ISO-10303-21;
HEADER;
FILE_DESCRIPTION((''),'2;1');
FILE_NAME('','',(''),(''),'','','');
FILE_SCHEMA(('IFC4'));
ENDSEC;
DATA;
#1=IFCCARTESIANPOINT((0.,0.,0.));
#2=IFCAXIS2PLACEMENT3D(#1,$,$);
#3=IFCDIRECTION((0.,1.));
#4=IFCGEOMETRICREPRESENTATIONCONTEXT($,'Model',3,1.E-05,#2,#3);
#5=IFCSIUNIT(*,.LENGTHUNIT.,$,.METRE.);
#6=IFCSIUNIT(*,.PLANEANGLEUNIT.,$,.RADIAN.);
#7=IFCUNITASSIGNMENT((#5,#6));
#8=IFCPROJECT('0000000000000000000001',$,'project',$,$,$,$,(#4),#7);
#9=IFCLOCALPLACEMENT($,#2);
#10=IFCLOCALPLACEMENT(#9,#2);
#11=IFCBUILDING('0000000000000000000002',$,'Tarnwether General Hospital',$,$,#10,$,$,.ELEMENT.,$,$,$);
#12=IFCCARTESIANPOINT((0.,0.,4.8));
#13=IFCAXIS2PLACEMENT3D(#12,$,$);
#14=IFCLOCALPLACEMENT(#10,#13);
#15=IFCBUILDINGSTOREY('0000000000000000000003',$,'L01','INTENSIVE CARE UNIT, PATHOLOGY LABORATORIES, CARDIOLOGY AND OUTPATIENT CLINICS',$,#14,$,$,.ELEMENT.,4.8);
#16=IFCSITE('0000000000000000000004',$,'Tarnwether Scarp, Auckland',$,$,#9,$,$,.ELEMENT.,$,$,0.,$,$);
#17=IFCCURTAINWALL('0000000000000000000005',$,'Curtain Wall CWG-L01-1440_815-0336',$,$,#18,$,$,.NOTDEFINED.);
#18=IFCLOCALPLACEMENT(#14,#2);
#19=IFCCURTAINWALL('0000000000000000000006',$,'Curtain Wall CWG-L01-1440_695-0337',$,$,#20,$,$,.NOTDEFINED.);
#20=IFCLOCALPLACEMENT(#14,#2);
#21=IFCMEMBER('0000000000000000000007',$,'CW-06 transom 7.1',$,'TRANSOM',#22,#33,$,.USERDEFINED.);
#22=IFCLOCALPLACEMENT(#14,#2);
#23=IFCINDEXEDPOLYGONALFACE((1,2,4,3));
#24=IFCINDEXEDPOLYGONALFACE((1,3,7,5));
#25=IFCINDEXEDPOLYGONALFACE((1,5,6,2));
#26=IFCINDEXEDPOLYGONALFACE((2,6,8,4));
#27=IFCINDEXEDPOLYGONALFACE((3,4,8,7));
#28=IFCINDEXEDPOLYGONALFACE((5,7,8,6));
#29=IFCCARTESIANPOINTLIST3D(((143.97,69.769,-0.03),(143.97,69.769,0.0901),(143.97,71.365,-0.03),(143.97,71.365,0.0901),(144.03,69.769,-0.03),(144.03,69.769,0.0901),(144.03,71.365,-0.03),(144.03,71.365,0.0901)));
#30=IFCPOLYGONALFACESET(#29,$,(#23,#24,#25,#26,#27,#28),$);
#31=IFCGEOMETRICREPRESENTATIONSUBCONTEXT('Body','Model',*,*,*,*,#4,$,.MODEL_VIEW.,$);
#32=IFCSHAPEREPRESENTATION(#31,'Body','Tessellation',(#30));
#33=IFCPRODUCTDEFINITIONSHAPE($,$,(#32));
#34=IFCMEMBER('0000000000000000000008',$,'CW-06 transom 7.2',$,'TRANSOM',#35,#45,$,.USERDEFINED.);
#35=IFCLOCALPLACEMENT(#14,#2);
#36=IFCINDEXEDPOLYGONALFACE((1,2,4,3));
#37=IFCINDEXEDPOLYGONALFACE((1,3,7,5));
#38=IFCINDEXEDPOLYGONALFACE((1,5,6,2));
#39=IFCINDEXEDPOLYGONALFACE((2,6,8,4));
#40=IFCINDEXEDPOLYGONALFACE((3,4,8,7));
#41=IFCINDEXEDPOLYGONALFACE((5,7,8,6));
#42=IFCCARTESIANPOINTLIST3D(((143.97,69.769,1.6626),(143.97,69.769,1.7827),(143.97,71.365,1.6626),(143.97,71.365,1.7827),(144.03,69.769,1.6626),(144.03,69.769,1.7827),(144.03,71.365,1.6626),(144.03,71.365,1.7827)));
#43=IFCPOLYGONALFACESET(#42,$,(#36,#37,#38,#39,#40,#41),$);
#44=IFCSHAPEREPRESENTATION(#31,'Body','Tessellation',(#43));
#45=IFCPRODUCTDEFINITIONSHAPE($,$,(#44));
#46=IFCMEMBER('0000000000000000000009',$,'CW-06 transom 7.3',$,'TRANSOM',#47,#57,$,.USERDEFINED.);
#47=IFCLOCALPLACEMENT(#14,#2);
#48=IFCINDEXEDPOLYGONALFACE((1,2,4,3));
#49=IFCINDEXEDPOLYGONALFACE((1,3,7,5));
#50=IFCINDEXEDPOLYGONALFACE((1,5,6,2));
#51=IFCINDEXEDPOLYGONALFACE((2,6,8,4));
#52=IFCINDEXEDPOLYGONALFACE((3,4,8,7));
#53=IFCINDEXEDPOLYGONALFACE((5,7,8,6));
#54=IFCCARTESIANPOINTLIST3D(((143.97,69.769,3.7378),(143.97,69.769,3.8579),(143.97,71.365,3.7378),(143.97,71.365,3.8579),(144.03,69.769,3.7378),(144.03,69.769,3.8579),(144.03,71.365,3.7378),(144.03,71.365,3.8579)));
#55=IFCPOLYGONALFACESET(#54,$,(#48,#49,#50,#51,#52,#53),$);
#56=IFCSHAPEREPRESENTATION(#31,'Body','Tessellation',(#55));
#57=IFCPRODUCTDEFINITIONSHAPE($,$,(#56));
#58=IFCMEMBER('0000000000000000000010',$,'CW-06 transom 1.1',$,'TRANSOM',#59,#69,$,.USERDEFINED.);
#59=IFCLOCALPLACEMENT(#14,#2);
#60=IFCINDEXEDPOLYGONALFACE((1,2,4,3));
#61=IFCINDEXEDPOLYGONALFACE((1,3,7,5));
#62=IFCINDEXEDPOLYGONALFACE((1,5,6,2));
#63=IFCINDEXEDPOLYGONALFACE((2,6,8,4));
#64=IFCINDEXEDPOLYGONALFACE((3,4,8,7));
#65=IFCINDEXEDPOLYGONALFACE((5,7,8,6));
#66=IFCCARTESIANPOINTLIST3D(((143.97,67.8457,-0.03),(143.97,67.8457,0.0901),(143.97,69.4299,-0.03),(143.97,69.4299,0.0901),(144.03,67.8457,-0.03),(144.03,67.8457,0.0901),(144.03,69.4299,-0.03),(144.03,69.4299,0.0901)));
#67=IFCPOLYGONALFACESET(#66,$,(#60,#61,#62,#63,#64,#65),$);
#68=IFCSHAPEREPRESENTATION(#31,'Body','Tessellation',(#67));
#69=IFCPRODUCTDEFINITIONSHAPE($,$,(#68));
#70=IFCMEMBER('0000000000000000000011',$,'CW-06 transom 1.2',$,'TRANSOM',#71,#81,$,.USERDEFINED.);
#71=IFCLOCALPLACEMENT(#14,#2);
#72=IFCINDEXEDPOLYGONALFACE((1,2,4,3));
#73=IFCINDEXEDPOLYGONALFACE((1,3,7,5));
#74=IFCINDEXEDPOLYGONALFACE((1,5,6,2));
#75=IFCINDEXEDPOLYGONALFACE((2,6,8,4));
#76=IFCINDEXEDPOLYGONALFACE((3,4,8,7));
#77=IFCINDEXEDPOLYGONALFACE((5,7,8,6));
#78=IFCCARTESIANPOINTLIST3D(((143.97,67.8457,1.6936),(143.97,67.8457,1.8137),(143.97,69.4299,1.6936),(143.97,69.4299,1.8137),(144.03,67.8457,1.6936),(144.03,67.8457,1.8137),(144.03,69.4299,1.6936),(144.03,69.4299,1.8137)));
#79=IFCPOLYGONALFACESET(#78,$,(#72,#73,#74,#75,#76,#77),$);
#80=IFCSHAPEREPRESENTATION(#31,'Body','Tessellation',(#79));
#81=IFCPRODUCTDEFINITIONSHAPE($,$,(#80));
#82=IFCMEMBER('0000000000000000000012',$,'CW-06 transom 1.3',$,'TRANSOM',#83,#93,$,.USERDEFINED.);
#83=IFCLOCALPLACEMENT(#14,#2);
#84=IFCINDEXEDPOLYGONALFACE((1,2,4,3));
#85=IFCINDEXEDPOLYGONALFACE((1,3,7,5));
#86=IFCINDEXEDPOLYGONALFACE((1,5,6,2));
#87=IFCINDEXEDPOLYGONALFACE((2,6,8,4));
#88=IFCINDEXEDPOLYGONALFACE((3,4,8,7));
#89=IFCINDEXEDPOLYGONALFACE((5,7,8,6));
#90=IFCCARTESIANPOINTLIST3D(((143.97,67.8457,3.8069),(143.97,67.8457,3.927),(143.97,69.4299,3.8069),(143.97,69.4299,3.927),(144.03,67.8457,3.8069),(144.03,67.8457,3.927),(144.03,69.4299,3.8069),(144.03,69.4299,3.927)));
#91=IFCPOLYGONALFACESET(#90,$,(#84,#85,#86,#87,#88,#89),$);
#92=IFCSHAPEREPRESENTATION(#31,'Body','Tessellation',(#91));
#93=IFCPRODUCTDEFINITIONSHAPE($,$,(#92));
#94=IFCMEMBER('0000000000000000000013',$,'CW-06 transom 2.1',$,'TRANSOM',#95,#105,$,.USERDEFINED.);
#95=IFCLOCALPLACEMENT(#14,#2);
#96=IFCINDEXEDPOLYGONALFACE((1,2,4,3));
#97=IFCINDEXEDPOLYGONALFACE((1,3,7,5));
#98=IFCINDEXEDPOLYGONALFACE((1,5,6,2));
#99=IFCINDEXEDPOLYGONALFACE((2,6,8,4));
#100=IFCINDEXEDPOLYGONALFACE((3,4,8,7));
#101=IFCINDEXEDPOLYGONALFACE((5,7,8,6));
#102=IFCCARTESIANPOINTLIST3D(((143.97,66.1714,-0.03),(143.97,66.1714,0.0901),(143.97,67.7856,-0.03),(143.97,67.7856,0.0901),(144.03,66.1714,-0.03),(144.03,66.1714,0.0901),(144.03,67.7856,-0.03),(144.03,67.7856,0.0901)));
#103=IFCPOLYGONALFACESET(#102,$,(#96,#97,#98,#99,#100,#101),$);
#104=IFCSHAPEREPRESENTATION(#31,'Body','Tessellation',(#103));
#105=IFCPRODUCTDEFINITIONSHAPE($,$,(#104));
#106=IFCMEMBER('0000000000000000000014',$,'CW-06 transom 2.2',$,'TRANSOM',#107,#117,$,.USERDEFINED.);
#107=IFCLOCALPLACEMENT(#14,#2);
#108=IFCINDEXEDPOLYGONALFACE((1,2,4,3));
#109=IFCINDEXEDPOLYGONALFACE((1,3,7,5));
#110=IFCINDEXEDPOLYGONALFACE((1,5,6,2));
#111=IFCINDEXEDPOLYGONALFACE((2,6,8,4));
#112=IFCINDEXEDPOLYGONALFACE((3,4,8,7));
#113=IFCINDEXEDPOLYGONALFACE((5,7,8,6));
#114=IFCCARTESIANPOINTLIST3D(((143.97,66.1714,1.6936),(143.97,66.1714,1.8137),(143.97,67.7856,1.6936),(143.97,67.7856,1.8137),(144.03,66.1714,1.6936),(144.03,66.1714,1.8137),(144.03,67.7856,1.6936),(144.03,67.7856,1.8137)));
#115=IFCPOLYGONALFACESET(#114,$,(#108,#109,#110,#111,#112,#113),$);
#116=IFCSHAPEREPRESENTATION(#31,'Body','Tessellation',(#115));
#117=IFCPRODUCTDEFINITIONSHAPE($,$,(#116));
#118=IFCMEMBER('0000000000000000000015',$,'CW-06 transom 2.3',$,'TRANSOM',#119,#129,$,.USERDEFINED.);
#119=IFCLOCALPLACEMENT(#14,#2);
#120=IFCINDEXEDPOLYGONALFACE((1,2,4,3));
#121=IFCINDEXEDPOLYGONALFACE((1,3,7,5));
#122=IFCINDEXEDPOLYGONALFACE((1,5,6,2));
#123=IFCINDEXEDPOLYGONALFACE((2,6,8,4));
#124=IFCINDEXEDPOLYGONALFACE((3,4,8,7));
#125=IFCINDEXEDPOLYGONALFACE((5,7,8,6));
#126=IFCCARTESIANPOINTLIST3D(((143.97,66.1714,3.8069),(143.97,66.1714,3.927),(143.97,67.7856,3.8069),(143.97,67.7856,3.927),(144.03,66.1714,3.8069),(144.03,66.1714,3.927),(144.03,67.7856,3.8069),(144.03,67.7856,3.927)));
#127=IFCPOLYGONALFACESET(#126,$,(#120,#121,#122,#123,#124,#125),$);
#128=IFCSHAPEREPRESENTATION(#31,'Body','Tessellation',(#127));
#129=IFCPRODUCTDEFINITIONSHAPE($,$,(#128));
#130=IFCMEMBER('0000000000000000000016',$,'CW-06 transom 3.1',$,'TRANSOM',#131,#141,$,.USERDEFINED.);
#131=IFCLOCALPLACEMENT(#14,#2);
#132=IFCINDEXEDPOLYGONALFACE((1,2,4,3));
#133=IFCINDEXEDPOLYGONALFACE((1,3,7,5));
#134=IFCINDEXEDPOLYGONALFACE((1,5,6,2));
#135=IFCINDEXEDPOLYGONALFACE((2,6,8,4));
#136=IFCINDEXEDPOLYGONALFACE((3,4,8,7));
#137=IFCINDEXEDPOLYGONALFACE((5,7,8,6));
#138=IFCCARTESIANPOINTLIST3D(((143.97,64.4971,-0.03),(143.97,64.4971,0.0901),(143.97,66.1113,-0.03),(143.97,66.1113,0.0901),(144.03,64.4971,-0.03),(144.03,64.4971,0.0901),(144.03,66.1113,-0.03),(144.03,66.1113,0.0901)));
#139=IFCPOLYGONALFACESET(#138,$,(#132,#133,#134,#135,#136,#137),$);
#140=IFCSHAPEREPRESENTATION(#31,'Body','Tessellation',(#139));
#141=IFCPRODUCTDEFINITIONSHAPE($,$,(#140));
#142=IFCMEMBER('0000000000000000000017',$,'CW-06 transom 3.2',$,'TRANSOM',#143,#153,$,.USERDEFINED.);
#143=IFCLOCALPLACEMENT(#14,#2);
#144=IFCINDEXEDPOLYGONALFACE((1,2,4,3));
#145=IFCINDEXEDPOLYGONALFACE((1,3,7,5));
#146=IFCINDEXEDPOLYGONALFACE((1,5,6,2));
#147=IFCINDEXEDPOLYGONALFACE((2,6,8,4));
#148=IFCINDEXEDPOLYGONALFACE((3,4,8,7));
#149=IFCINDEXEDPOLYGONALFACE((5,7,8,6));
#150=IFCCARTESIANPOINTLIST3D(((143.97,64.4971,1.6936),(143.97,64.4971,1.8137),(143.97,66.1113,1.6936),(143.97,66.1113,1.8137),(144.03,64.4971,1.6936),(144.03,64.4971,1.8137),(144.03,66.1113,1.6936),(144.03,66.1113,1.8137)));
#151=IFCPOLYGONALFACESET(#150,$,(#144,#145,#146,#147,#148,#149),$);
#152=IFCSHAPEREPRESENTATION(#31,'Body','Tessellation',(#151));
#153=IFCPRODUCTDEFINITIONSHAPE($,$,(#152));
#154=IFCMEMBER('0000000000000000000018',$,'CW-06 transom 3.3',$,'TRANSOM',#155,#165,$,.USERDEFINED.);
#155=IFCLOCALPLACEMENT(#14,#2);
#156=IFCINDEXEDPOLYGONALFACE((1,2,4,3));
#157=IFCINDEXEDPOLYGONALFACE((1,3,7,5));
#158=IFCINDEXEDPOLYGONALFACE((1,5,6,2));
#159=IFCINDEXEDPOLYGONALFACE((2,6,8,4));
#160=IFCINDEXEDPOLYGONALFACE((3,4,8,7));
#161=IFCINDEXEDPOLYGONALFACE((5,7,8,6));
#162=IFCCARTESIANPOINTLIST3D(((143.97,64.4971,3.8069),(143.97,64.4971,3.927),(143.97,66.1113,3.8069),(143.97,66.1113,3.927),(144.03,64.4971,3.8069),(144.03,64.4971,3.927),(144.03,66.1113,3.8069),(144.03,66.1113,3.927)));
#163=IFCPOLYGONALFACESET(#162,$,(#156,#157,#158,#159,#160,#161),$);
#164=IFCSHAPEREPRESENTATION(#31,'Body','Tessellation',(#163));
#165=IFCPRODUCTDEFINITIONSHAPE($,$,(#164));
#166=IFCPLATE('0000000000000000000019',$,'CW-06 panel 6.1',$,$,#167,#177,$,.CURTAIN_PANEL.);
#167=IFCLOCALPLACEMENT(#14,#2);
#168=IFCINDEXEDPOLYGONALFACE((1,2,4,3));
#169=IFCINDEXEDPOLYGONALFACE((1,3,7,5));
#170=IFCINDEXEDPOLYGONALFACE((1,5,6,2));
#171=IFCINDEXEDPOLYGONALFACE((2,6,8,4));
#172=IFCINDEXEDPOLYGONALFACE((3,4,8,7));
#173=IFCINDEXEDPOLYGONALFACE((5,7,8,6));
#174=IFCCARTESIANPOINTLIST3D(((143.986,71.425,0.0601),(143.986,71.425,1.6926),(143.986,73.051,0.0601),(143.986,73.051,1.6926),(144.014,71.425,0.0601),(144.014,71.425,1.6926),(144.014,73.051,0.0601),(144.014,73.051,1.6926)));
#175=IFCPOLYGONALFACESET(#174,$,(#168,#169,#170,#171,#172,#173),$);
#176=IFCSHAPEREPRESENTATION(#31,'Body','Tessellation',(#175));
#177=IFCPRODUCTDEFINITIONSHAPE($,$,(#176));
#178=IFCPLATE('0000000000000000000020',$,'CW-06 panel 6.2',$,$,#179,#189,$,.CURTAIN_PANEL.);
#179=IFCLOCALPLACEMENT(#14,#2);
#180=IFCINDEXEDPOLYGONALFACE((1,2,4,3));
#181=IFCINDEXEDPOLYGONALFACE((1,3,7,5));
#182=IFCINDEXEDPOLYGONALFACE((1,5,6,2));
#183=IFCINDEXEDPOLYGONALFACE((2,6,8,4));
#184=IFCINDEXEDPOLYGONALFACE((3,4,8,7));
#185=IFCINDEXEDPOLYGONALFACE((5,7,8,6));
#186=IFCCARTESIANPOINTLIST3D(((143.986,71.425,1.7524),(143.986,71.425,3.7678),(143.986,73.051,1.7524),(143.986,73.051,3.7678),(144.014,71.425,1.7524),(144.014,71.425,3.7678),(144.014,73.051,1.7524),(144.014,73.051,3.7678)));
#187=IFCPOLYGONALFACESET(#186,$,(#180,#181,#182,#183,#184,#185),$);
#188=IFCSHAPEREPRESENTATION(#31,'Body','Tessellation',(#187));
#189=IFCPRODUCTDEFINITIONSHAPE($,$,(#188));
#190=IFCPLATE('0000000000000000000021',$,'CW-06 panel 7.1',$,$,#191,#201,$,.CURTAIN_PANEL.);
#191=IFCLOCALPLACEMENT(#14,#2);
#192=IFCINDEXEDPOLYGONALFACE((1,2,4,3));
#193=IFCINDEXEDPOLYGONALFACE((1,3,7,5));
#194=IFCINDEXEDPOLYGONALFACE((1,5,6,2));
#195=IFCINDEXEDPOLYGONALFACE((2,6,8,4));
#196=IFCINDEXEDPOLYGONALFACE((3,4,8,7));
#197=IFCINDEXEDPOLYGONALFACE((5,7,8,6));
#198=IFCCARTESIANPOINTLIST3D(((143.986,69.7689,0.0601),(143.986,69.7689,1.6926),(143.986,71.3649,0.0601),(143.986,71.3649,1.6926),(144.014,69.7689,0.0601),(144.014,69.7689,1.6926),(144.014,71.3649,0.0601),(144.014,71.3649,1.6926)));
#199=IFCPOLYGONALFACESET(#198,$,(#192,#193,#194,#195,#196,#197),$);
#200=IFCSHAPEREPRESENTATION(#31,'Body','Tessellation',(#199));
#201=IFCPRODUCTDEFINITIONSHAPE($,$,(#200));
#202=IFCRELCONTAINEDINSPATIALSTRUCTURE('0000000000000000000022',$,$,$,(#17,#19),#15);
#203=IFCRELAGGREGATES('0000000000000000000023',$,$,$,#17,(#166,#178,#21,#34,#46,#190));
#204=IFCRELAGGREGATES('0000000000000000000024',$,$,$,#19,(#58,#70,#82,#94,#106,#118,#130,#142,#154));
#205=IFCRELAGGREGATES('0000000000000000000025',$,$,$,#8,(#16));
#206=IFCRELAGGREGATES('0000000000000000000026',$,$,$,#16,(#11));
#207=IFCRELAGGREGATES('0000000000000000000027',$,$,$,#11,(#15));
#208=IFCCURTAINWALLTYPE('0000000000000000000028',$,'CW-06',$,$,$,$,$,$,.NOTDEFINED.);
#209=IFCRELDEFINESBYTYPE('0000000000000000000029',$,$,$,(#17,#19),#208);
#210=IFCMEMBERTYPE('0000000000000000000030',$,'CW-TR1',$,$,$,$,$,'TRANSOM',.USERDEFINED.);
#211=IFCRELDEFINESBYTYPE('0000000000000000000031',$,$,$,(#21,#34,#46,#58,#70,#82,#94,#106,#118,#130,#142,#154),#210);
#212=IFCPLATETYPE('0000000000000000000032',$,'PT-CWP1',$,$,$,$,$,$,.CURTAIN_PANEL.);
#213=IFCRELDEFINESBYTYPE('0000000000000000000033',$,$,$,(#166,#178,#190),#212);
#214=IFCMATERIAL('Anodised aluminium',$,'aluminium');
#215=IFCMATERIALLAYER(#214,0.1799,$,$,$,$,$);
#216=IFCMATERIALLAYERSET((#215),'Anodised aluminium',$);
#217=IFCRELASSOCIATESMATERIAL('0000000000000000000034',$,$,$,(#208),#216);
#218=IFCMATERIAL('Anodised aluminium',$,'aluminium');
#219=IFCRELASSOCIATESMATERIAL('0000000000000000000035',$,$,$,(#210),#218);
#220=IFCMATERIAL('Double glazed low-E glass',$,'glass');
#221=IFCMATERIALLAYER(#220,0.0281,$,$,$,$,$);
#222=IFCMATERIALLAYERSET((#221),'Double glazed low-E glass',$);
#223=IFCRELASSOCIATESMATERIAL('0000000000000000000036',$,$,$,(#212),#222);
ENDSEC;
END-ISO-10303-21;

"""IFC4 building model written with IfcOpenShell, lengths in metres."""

from ifc_helpers import new_model, si_unit, direction, frame, origin, origin_2d, place, context, subcontext, project, spatial, rectangle, extrude, material, layer, layer_set, material_profile, profile_set, type_object, element, aggregate, save


model = new_model("IFC4")

# Units and contexts
model_context = context("Model", 3, precision=1e-05, world=origin(), true_north=direction((0.0, 1.0)))
body_context = subcontext(model_context, "Body", "Model", "MODEL_VIEW")
ifc_project = project(units=[si_unit("LENGTHUNIT", "METRE"), si_unit("PLANEANGLEUNIT", "RADIAN")], contexts=[model_context])

# Site, building, storey
site_placement = place(None, origin())
site = spatial("IfcSite", under=ifc_project, at=site_placement, Name="Tarnwether Scarp, Auckland", CompositionType="ELEMENT", RefElevation=0.0)
building_placement = place(site_placement, origin())
building = spatial("IfcBuilding", under=site, at=building_placement, Name="Tarnwether General Hospital", CompositionType="ELEMENT")
storey_placement = place(building_placement, frame((0.0, 0.0, 4.8)))
storey = spatial("IfcBuildingStorey", under=building, at=storey_placement, Name="L01", Description="INTENSIVE CARE UNIT, PATHOLOGY LABORATORIES, CARDIOLOGY AND OUTPATIENT CLINICS", CompositionType="ELEMENT", Elevation=4.8)

# Curtain walls
ifc_material_1 = material(Name="Anodised aluminium", Category="aluminium")
ifc_layer_1 = layer(ifc_material_1, 0.1799)
ifc_layer_set_1 = layer_set([ifc_layer_1], Name="Anodised aluminium")
curtain_wall_type = type_object("IfcCurtainWallType", Name="CW-06", PredefinedType="NOTDEFINED", material=ifc_layer_set_1)
curtain_wall_1_placement = place(storey_placement, origin())
curtain_wall_1 = element("IfcCurtainWall", 1, at=curtain_wall_1_placement, inside=storey, type_object=curtain_wall_type, Name="Curtain Wall CWG-L01-1440_815-0336", PredefinedType="NOTDEFINED")
curtain_wall_2_placement = place(storey_placement, origin())
curtain_wall_2 = element("IfcCurtainWall", 2, at=curtain_wall_2_placement, inside=storey, type_object=curtain_wall_type, Name="Curtain Wall CWG-L01-1440_695-0337", PredefinedType="NOTDEFINED")

# Members
ifc_material_2 = material(Name="Anodised aluminium", Category="aluminium")
ifc_material_profile_1 = material_profile(ifc_material_2, rectangle(XDim=0.0601, YDim=0.1201, at=origin_2d()), Name="ALU-TRN-60x120")
ifc_profile_set_1 = profile_set([ifc_material_profile_1], Name="Anodised aluminium")
member_type_1 = type_object("IfcMemberType", Name="CW-TR1", ElementType="TRANSOM", PredefinedType="USERDEFINED", material=ifc_profile_set_1)
member_1_placement = place(storey_placement, frame((144.0, 71.365, 0.03), z_axis=(0.0, -1.0, 0.0), x_axis=(1.0, 0.0, 0.0)))
member_1 = element("IfcMember", 3, at=member_1_placement, type_object=member_type_1, Name="CW-06 transom 7.1", ObjectType="TRANSOM", PredefinedType="USERDEFINED", context=body_context, shape_type="SweptSolid", body=[
    extrude(rectangle(XDim=0.0601, YDim=0.1201, at=origin_2d()), origin(), (0.0, 0.0, 1.0), 1.5959),
])
member_2_placement = place(storey_placement, frame((144.0, 71.365, 1.7227), z_axis=(0.0, -1.0, 0.0), x_axis=(1.0, 0.0, 0.0)))
member_2 = element("IfcMember", 4, at=member_2_placement, type_object=member_type_1, Name="CW-06 transom 7.2", ObjectType="TRANSOM", PredefinedType="USERDEFINED", context=body_context, shape_type="SweptSolid", body=[
    extrude(rectangle(XDim=0.0601, YDim=0.1201, at=origin_2d()), origin(), (0.0, 0.0, 1.0), 1.5959),
])
member_3_placement = place(storey_placement, frame((144.0, 71.365, 3.7979), z_axis=(0.0, -1.0, 0.0), x_axis=(1.0, 0.0, 0.0)))
member_3 = element("IfcMember", 5, at=member_3_placement, type_object=member_type_1, Name="CW-06 transom 7.3", ObjectType="TRANSOM", PredefinedType="USERDEFINED", context=body_context, shape_type="SweptSolid", body=[
    extrude(rectangle(XDim=0.0601, YDim=0.1201, at=origin_2d()), origin(), (0.0, 0.0, 1.0), 1.5959),
])
member_4_placement = place(storey_placement, frame((144.0, 69.4299, 0.03), z_axis=(0.0, -1.0, 0.0), x_axis=(1.0, 0.0, 0.0)))
member_4 = element("IfcMember", 6, at=member_4_placement, type_object=member_type_1, Name="CW-06 transom 1.1", ObjectType="TRANSOM", PredefinedType="USERDEFINED", context=body_context, shape_type="SweptSolid", body=[
    extrude(rectangle(XDim=0.0601, YDim=0.1201, at=origin_2d()), origin(), (0.0, 0.0, 1.0), 1.5842),
])
member_5_placement = place(storey_placement, frame((144.0, 69.4299, 1.7537), z_axis=(0.0, -1.0, 0.0), x_axis=(1.0, 0.0, 0.0)))
member_5 = element("IfcMember", 7, at=member_5_placement, type_object=member_type_1, Name="CW-06 transom 1.2", ObjectType="TRANSOM", PredefinedType="USERDEFINED", context=body_context, shape_type="SweptSolid", body=[
    extrude(rectangle(XDim=0.0601, YDim=0.1201, at=origin_2d()), origin(), (0.0, 0.0, 1.0), 1.5842),
])
member_6_placement = place(storey_placement, frame((144.0, 69.4299, 3.8669), z_axis=(0.0, -1.0, 0.0), x_axis=(1.0, 0.0, 0.0)))
member_6 = element("IfcMember", 8, at=member_6_placement, type_object=member_type_1, Name="CW-06 transom 1.3", ObjectType="TRANSOM", PredefinedType="USERDEFINED", context=body_context, shape_type="SweptSolid", body=[
    extrude(rectangle(XDim=0.0601, YDim=0.1201, at=origin_2d()), origin(), (0.0, 0.0, 1.0), 1.5842),
])
member_7_placement = place(storey_placement, frame((144.0, 67.7856, 0.03), z_axis=(0.0, -1.0, 0.0), x_axis=(1.0, 0.0, 0.0)))
member_7 = element("IfcMember", 9, at=member_7_placement, type_object=member_type_1, Name="CW-06 transom 2.1", ObjectType="TRANSOM", PredefinedType="USERDEFINED", context=body_context, shape_type="SweptSolid", body=[
    extrude(rectangle(XDim=0.0601, YDim=0.1201, at=origin_2d()), origin(), (0.0, 0.0, 1.0), 1.6143),
])
member_8_placement = place(storey_placement, frame((144.0, 67.7856, 1.7537), z_axis=(0.0, -1.0, 0.0), x_axis=(1.0, 0.0, 0.0)))
member_8 = element("IfcMember", 10, at=member_8_placement, type_object=member_type_1, Name="CW-06 transom 2.2", ObjectType="TRANSOM", PredefinedType="USERDEFINED", context=body_context, shape_type="SweptSolid", body=[
    extrude(rectangle(XDim=0.0601, YDim=0.1201, at=origin_2d()), origin(), (0.0, 0.0, 1.0), 1.6143),
])
member_9_placement = place(storey_placement, frame((144.0, 67.7856, 3.8669), z_axis=(0.0, -1.0, 0.0), x_axis=(1.0, 0.0, 0.0)))
member_9 = element("IfcMember", 11, at=member_9_placement, type_object=member_type_1, Name="CW-06 transom 2.3", ObjectType="TRANSOM", PredefinedType="USERDEFINED", context=body_context, shape_type="SweptSolid", body=[
    extrude(rectangle(XDim=0.0601, YDim=0.1201, at=origin_2d()), origin(), (0.0, 0.0, 1.0), 1.6143),
])
member_10_placement = place(storey_placement, frame((144.0, 66.1113, 0.03), z_axis=(0.0, -1.0, 0.0), x_axis=(1.0, 0.0, 0.0)))
member_10 = element("IfcMember", 12, at=member_10_placement, type_object=member_type_1, Name="CW-06 transom 3.1", ObjectType="TRANSOM", PredefinedType="USERDEFINED", context=body_context, shape_type="SweptSolid", body=[
    extrude(rectangle(XDim=0.0601, YDim=0.1201, at=origin_2d()), origin(), (0.0, 0.0, 1.0), 1.6143),
])
member_11_placement = place(storey_placement, frame((144.0, 66.1113, 1.7537), z_axis=(0.0, -1.0, 0.0), x_axis=(1.0, 0.0, 0.0)))
member_11 = element("IfcMember", 13, at=member_11_placement, type_object=member_type_1, Name="CW-06 transom 3.2", ObjectType="TRANSOM", PredefinedType="USERDEFINED", context=body_context, shape_type="SweptSolid", body=[
    extrude(rectangle(XDim=0.0601, YDim=0.1201, at=origin_2d()), origin(), (0.0, 0.0, 1.0), 1.6143),
])
member_12_placement = place(storey_placement, frame((144.0, 66.1113, 3.8669), z_axis=(0.0, -1.0, 0.0), x_axis=(1.0, 0.0, 0.0)))
member_12 = element("IfcMember", 14, at=member_12_placement, type_object=member_type_1, Name="CW-06 transom 3.3", ObjectType="TRANSOM", PredefinedType="USERDEFINED", context=body_context, shape_type="SweptSolid", body=[
    extrude(rectangle(XDim=0.0601, YDim=0.1201, at=origin_2d()), origin(), (0.0, 0.0, 1.0), 1.6143),
])

# Plates
ifc_material_3 = material(Name="Double glazed low-E glass", Category="glass")
ifc_layer_2 = layer(ifc_material_3, 0.0281)
ifc_layer_set_2 = layer_set([ifc_layer_2], Name="Double glazed low-E glass")
plate_type = type_object("IfcPlateType", Name="PT-CWP1", PredefinedType="CURTAIN_PANEL", material=ifc_layer_set_2)
plate_1_placement = place(storey_placement, frame((144.0, 72.238, 0.0601), z_axis=(0.0, 0.0, 1.0), x_axis=(0.0, -1.0, 0.0)))
plate_1 = element("IfcPlate", 15, at=plate_1_placement, type_object=plate_type, Name="CW-06 panel 6.1", PredefinedType="CURTAIN_PANEL", context=body_context, shape_type="SweptSolid", body=[
    extrude(rectangle(XDim=1.626, YDim=0.0281, at=origin_2d()), origin(), (0.0, 0.0, 1.0), 1.6326),
])
plate_2_placement = place(storey_placement, frame((144.0, 72.238, 1.7524), z_axis=(0.0, 0.0, 1.0), x_axis=(0.0, -1.0, 0.0)))
plate_2 = element("IfcPlate", 16, at=plate_2_placement, type_object=plate_type, Name="CW-06 panel 6.2", PredefinedType="CURTAIN_PANEL", context=body_context, shape_type="SweptSolid", body=[
    extrude(rectangle(XDim=1.626, YDim=0.0281, at=origin_2d()), origin(), (0.0, 0.0, 1.0), 2.0154),
])
plate_3_placement = place(storey_placement, frame((144.0, 70.5669, 0.0601), z_axis=(0.0, 0.0, 1.0), x_axis=(0.0, -1.0, 0.0)))
plate_3 = element("IfcPlate", 17, at=plate_3_placement, type_object=plate_type, Name="CW-06 panel 7.1", PredefinedType="CURTAIN_PANEL", context=body_context, shape_type="SweptSolid", body=[
    extrude(rectangle(XDim=1.5959, YDim=0.0281, at=origin_2d()), origin(), (0.0, 0.0, 1.0), 1.6326),
])
aggregate(curtain_wall_1, [plate_1, plate_2, member_1, member_2, member_3, plate_3])
aggregate(curtain_wall_2, [member_4, member_5, member_6, member_7, member_8, member_9, member_10, member_11, member_12])

save(model, "model.ifc")
